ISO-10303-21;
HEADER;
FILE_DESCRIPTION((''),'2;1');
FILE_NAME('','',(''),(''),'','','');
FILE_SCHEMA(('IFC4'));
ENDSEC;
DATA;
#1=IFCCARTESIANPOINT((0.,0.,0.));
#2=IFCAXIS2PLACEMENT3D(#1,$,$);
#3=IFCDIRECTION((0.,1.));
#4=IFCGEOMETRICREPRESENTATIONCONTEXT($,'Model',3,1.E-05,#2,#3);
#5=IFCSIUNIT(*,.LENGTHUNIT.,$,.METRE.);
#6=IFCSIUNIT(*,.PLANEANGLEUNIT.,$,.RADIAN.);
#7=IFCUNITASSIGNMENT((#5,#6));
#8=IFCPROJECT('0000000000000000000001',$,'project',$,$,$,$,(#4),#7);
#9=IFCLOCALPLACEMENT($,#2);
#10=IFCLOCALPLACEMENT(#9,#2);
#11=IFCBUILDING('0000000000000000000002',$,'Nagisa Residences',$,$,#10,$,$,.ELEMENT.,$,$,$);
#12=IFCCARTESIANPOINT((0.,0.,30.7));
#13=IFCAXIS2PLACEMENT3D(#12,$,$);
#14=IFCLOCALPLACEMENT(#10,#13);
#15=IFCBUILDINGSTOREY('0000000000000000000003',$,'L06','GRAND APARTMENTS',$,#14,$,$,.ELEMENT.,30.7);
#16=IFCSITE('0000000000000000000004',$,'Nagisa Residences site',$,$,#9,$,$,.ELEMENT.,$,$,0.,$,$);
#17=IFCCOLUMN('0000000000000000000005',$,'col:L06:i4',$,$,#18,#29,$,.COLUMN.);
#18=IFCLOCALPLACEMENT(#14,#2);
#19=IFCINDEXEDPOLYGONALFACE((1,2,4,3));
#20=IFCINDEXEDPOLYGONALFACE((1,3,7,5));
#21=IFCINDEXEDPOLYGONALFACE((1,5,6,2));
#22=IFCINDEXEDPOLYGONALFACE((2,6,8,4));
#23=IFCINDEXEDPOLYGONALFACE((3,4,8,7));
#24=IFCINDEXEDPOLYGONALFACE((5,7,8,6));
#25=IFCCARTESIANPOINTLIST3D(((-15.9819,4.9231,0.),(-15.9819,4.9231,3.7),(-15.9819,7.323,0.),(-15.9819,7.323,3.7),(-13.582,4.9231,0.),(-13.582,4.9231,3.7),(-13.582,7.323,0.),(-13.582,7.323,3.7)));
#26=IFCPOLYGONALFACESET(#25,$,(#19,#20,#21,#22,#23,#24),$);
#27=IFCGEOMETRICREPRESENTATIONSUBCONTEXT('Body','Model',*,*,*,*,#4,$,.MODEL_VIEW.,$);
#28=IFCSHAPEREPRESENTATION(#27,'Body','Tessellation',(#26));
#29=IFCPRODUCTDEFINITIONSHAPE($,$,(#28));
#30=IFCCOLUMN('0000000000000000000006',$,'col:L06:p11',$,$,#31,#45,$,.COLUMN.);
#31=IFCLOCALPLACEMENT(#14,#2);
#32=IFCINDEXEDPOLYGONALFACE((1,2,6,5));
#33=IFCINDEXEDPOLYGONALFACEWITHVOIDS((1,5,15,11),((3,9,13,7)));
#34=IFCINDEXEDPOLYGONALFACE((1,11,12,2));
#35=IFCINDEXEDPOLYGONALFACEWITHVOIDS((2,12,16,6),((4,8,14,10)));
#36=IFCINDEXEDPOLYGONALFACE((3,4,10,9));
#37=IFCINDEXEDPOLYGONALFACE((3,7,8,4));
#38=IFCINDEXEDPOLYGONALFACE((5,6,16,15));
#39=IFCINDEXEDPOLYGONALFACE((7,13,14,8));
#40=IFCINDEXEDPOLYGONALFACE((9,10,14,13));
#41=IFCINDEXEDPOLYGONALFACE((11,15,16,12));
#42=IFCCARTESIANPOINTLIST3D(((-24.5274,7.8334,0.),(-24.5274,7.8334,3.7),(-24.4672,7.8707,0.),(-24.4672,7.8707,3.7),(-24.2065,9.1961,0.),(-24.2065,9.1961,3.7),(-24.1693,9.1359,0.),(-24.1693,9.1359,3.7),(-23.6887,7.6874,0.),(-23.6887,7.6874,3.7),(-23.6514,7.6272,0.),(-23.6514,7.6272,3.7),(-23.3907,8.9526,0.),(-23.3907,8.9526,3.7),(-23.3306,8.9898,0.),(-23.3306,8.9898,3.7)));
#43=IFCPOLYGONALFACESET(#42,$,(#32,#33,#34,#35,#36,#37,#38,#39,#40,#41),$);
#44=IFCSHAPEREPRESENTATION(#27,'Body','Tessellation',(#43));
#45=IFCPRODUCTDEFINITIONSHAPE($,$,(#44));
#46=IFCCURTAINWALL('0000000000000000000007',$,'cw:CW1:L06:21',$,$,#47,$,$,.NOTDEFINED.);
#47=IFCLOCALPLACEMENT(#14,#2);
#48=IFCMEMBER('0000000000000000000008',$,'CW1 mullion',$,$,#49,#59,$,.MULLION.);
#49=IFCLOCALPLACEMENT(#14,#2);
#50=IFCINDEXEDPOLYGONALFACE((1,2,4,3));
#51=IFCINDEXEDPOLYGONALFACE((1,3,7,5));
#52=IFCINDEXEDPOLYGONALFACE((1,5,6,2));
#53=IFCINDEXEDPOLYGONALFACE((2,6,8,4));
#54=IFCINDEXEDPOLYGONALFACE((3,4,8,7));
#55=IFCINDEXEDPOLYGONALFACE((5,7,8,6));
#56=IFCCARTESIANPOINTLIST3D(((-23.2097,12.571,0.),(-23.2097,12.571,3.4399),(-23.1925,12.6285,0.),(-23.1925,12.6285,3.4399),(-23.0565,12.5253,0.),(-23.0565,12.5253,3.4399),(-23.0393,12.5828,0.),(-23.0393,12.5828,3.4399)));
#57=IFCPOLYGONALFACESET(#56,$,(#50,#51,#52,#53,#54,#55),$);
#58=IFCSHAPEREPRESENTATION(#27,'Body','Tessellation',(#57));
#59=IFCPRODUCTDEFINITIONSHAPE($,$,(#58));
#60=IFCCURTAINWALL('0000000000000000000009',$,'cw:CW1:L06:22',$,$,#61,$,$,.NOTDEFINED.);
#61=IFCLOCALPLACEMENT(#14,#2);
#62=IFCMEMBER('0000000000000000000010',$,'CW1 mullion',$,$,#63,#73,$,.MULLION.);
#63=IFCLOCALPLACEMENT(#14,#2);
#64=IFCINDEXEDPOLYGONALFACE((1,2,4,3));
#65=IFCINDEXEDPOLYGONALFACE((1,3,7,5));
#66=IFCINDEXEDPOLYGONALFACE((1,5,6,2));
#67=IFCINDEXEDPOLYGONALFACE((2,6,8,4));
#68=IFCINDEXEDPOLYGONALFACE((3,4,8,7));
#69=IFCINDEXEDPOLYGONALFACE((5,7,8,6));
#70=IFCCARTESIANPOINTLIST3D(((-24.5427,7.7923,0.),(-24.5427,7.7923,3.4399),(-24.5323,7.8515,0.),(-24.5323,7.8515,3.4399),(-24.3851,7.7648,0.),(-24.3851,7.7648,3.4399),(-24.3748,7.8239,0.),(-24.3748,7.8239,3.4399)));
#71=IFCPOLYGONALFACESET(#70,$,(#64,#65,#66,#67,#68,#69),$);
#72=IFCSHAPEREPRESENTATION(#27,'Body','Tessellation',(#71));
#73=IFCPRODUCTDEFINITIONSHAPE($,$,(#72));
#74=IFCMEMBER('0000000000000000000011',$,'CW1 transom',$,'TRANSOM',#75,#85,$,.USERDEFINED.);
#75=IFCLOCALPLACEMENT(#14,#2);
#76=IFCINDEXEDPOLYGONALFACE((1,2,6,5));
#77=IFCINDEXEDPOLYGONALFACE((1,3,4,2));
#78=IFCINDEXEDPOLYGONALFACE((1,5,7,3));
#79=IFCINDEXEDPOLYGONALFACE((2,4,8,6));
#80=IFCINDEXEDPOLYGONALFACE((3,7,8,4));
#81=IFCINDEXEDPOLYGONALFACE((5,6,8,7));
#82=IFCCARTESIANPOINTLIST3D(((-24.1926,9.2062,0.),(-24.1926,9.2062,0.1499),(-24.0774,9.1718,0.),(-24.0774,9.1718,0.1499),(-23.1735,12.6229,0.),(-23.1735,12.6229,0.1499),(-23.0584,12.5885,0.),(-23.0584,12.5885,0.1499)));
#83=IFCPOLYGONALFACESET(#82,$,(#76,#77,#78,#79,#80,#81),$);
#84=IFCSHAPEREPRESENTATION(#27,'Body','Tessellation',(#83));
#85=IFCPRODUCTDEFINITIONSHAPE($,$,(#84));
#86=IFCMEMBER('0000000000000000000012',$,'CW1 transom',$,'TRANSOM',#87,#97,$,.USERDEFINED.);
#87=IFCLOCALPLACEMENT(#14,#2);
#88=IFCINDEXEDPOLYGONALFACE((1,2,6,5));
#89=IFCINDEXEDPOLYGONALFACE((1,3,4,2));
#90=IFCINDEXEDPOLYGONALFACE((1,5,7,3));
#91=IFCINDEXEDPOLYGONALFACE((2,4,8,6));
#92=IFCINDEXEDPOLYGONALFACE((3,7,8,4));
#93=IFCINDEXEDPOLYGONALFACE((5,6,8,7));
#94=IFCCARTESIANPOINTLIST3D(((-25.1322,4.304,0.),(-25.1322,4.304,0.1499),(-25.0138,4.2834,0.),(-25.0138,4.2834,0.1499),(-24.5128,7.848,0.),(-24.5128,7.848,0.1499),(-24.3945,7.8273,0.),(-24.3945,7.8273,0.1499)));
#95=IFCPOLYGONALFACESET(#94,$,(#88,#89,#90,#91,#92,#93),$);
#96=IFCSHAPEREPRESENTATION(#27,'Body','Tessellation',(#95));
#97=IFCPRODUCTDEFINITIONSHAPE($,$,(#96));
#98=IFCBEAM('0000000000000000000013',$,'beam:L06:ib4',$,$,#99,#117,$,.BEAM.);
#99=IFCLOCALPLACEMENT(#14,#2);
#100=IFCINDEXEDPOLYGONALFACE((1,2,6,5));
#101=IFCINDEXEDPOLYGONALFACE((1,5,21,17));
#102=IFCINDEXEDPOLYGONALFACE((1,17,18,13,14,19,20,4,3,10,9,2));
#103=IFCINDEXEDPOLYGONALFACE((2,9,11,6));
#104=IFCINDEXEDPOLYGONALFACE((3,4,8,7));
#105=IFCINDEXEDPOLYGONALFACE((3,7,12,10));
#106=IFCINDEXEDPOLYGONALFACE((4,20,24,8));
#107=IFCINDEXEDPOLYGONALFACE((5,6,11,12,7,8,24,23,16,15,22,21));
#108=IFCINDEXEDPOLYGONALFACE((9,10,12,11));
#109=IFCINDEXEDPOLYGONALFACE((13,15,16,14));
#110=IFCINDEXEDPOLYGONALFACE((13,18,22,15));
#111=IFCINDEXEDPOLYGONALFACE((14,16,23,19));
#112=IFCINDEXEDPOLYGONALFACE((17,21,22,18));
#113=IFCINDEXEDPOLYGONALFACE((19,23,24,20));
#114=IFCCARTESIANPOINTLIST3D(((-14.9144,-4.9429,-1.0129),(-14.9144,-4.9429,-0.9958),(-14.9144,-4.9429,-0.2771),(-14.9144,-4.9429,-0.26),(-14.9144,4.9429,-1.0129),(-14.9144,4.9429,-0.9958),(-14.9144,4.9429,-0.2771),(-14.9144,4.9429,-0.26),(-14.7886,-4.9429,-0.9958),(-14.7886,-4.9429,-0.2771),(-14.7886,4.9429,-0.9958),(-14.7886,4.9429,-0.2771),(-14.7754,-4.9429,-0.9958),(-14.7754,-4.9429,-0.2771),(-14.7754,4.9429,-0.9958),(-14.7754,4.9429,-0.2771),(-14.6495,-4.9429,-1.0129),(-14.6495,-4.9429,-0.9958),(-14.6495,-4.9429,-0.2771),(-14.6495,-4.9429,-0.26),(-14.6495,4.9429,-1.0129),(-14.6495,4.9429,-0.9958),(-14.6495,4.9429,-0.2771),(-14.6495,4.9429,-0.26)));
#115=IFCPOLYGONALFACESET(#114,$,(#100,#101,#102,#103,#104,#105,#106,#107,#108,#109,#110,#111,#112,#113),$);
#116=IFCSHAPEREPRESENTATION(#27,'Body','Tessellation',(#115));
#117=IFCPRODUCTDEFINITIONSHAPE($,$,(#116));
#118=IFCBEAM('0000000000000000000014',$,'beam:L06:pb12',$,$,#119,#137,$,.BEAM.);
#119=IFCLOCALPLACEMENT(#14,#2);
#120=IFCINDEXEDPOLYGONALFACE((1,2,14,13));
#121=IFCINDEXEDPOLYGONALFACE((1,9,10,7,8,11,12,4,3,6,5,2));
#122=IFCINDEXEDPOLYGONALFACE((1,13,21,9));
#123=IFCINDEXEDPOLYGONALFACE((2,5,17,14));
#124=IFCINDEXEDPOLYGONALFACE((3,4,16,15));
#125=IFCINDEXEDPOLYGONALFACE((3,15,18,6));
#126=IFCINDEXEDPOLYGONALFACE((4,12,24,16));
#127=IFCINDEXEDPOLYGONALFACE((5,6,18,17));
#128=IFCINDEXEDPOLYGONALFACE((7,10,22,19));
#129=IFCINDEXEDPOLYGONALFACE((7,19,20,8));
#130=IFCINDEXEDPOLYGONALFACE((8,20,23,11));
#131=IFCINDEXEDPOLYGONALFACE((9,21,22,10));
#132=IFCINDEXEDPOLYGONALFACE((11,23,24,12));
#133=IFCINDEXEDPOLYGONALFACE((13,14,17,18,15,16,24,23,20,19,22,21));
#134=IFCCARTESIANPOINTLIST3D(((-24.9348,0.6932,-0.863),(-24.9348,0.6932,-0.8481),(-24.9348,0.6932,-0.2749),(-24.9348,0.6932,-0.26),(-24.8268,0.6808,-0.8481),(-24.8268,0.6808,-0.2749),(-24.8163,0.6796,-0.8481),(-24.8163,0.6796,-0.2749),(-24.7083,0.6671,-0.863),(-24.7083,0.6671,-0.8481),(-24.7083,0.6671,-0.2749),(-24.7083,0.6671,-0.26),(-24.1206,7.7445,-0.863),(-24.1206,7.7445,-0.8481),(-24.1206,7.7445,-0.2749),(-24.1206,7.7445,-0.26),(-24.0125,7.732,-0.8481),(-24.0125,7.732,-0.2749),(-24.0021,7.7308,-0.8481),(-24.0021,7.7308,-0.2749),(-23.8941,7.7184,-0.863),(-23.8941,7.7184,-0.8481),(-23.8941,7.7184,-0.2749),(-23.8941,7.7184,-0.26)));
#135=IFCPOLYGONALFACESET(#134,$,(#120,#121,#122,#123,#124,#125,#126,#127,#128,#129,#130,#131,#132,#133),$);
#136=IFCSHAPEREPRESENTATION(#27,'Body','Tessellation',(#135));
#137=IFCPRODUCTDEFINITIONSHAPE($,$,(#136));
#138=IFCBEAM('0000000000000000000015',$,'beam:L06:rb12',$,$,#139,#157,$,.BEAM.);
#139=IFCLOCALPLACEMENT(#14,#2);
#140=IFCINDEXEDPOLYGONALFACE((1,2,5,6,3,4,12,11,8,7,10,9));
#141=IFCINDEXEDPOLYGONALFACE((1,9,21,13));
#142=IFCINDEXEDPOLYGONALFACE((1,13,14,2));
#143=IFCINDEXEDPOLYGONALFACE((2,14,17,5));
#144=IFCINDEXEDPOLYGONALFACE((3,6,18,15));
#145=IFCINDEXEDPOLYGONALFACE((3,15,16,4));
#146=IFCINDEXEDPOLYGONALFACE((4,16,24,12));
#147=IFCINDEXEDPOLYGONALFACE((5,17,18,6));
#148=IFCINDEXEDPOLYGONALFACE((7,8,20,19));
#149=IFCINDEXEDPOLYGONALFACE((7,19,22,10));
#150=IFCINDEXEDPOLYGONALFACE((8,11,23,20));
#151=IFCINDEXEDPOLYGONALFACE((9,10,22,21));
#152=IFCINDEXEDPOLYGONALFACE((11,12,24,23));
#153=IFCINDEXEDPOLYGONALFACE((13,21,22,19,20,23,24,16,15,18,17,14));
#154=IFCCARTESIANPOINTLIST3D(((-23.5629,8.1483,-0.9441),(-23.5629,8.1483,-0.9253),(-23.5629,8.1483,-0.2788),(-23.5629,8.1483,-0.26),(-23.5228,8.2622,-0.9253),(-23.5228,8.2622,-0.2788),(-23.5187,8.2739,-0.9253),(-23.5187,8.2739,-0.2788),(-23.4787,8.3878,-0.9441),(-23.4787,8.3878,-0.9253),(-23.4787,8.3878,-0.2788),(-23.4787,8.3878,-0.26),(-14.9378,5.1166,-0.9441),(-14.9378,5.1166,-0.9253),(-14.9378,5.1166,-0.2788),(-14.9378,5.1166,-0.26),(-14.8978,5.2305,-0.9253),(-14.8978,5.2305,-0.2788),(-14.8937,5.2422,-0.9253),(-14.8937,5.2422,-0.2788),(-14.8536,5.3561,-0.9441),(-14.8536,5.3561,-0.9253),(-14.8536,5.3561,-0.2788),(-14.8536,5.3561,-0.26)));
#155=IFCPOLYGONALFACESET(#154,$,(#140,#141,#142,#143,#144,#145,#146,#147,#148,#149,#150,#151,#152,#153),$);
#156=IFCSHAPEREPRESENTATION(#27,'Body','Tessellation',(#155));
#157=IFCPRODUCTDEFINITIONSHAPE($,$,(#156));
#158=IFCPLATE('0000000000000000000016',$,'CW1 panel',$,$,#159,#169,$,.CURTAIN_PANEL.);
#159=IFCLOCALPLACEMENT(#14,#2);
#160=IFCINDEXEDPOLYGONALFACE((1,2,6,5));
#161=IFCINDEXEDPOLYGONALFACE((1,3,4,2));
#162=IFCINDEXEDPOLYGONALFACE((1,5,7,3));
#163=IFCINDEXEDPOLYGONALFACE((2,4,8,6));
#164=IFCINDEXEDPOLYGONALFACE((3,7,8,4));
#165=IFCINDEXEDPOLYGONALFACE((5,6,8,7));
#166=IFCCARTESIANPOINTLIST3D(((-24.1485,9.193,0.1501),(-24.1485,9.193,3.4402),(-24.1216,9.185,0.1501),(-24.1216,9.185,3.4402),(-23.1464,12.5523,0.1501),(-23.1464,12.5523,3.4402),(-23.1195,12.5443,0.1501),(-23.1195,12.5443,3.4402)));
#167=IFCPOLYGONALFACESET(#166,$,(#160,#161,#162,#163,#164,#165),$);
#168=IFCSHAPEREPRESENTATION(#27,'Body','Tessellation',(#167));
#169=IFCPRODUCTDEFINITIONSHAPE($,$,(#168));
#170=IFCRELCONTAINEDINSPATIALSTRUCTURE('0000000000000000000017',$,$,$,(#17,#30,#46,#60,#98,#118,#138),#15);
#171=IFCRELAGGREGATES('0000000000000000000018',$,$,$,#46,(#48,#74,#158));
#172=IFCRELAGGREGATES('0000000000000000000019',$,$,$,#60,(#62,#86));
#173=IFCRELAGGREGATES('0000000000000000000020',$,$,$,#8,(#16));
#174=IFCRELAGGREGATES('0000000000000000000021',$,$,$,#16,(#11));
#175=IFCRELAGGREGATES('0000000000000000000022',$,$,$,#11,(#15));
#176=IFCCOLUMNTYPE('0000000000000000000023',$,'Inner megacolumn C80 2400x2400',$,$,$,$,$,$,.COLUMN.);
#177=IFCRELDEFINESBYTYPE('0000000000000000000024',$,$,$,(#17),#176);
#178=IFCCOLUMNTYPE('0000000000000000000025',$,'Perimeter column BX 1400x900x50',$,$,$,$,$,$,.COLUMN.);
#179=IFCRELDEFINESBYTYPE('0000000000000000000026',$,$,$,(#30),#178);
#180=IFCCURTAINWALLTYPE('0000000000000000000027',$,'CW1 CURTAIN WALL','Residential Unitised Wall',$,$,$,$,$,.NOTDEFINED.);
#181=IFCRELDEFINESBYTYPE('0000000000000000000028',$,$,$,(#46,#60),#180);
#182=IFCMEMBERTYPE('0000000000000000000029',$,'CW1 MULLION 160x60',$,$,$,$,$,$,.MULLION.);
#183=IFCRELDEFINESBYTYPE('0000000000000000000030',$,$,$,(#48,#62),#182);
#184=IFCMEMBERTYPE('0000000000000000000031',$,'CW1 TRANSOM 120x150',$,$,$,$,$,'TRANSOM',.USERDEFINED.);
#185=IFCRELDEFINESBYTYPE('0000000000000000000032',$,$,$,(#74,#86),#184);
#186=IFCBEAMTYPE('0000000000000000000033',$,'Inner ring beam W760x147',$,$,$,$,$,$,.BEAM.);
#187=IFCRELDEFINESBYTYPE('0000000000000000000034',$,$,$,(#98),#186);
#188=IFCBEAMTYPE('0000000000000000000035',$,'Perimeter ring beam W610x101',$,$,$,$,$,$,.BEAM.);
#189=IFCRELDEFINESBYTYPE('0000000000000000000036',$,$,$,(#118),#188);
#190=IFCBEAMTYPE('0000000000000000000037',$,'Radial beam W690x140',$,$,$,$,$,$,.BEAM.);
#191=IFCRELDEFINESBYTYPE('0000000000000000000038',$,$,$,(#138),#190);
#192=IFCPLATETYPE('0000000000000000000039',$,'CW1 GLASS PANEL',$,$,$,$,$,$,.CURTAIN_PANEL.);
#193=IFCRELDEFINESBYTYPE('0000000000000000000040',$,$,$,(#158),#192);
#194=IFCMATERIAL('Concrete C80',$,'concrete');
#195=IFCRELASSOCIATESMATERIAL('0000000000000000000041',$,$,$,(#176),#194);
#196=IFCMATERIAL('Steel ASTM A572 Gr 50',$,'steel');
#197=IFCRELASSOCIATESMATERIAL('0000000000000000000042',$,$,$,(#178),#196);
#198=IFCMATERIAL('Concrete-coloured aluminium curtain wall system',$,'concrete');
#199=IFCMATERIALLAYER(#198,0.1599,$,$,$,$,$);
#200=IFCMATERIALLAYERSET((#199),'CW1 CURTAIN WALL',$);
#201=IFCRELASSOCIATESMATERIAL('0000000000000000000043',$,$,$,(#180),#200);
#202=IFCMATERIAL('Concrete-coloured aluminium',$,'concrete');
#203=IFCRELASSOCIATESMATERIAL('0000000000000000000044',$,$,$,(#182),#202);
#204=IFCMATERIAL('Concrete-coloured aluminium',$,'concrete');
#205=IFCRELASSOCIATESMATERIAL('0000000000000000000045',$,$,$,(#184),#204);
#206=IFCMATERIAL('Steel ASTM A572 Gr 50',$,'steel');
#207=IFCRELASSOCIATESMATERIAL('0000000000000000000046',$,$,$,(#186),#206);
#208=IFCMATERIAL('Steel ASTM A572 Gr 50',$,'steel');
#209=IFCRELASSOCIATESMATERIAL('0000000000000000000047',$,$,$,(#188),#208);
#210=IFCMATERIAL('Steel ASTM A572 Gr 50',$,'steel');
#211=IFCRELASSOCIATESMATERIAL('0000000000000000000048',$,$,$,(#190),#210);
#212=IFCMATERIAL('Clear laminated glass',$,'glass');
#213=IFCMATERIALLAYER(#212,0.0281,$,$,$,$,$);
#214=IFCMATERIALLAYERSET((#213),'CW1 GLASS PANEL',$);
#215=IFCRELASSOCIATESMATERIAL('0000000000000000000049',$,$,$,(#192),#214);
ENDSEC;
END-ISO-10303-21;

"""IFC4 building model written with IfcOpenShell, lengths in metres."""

from ifc_helpers import new_model, si_unit, direction, frame, origin, origin_2d, place, context, subcontext, project, spatial, rectangle, hollow_rectangle, i_section, extrude, material, layer, layer_set, material_profile, profile_set, type_object, element, aggregate, save


model = new_model("IFC4")

# Units and contexts
model_context = context("Model", 3, precision=1e-05, world=origin(), true_north=direction((0.0, 1.0)))
body_context = subcontext(model_context, "Body", "Model", "MODEL_VIEW")
ifc_project = project(units=[si_unit("LENGTHUNIT", "METRE"), si_unit("PLANEANGLEUNIT", "RADIAN")], contexts=[model_context])

# Site, building, storey
site_placement = place(None, origin())
site = spatial("IfcSite", under=ifc_project, at=site_placement, Name="Nagisa Residences site", CompositionType="ELEMENT", RefElevation=0.0)
building_placement = place(site_placement, origin())
building = spatial("IfcBuilding", under=site, at=building_placement, Name="Nagisa Residences", CompositionType="ELEMENT")
storey_placement = place(building_placement, frame((0.0, 0.0, 30.7)))
storey = spatial("IfcBuildingStorey", under=building, at=storey_placement, Name="L06", Description="GRAND APARTMENTS", CompositionType="ELEMENT", Elevation=30.7)

# Columns
ifc_material_1 = material(Name="Concrete C80", Category="concrete")
ifc_material_profile_1 = material_profile(ifc_material_1, rectangle(XDim=2.3999, YDim=2.3999, at=origin_2d()), Name="C80 2400x2400")
ifc_profile_set_1 = profile_set([ifc_material_profile_1], Name="Concrete C80")
column_type_1 = type_object("IfcColumnType", Name="Inner megacolumn C80 2400x2400", PredefinedType="COLUMN", material=ifc_profile_set_1)
column_1_placement = place(storey_placement, frame((-14.782, 6.123, 0.0), z_axis=(0.0, 0.0, 1.0), x_axis=(1.0, 0.0, 0.0)))
element("IfcColumn", 1, at=column_1_placement, inside=storey, type_object=column_type_1, Name="col:L06:i4", PredefinedType="COLUMN", context=body_context, shape_type="SweptSolid", body=[
    extrude(rectangle(XDim=2.3999, YDim=2.3999, at=origin_2d()), origin(), (0.0, 0.0, 1.0), 3.7),
])
ifc_material_2 = material(Name="Steel ASTM A572 Gr 50", Category="steel")
ifc_material_profile_2 = material_profile(ifc_material_2, hollow_rectangle(XDim=1.3999, YDim=0.8999, WallThickness=0.05, at=origin_2d()), Name="BX 1400x900x50")
ifc_profile_set_2 = profile_set([ifc_material_profile_2], Name="Steel ASTM A572 Gr 50")
column_type_2 = type_object("IfcColumnType", Name="Perimeter column BX 1400x900x50", PredefinedType="COLUMN", material=ifc_profile_set_2)
column_2_placement = place(storey_placement, frame((-23.929, 8.4116, 0.0), z_axis=(0.0, 0.0, 1.0), x_axis=(-0.229202, -0.973379, 0.0)))
element("IfcColumn", 2, at=column_2_placement, inside=storey, type_object=column_type_2, Name="col:L06:p11", PredefinedType="COLUMN", context=body_context, shape_type="SweptSolid", body=[
    extrude(hollow_rectangle(XDim=1.3999, YDim=0.8999, WallThickness=0.05, at=origin_2d()), origin(), (0.0, 0.0, 1.0), 3.7),
])

# Curtain walls, members
ifc_material_3 = material(Name="Concrete-coloured aluminium curtain wall system", Category="concrete")
ifc_layer_1 = layer(ifc_material_3, 0.1599)
ifc_layer_set_1 = layer_set([ifc_layer_1], Name="CW1 CURTAIN WALL")
curtain_wall_type = type_object("IfcCurtainWallType", Name="CW1 CURTAIN WALL", Description="Residential Unitised Wall", PredefinedType="NOTDEFINED", material=ifc_layer_set_1)
curtain_wall_1_placement = place(storey_placement, origin())
curtain_wall_1 = element("IfcCurtainWall", 3, at=curtain_wall_1_placement, inside=storey, type_object=curtain_wall_type, Name="cw:CW1:L06:21", PredefinedType="NOTDEFINED")
ifc_material_4 = material(Name="Concrete-coloured aluminium", Category="concrete")
ifc_material_profile_3 = material_profile(ifc_material_4, rectangle(XDim=0.1599, YDim=0.0601, at=origin_2d()), Name="CW1 MULLION 160x60")
ifc_profile_set_3 = profile_set([ifc_material_profile_3], Name="Concrete-coloured aluminium")
member_type_1 = type_object("IfcMemberType", Name="CW1 MULLION 160x60", PredefinedType="MULLION", material=ifc_profile_set_3)
member_1_placement = place(storey_placement, frame((-23.1245, 12.5769, 0.0), z_axis=(0.0, 0.0, 1.0), x_axis=(0.958271, -0.28586, 0.0)))
member_1 = element("IfcMember", 4, at=member_1_placement, type_object=member_type_1, Name="CW1 mullion", PredefinedType="MULLION", context=body_context, shape_type="SweptSolid", body=[
    extrude(rectangle(XDim=0.1599, YDim=0.0601, at=origin_2d()), origin(), (0.0, 0.0, 1.0), 3.4399),
])
curtain_wall_2_placement = place(storey_placement, origin())
curtain_wall_2 = element("IfcCurtainWall", 5, at=curtain_wall_2_placement, inside=storey, type_object=curtain_wall_type, Name="cw:CW1:L06:22", PredefinedType="NOTDEFINED")
member_2_placement = place(storey_placement, frame((-24.4587, 7.8081, 0.0), z_axis=(0.0, 0.0, 1.0), x_axis=(0.985064, -0.172191, 0.0)))
member_2 = element("IfcMember", 6, at=member_2_placement, type_object=member_type_1, Name="CW1 mullion", PredefinedType="MULLION", context=body_context, shape_type="SweptSolid", body=[
    extrude(rectangle(XDim=0.1599, YDim=0.0601, at=origin_2d()), origin(), (0.0, 0.0, 1.0), 3.4399),
])

# Members
ifc_material_5 = material(Name="Concrete-coloured aluminium", Category="concrete")
ifc_material_profile_4 = material_profile(ifc_material_5, rectangle(XDim=0.1201, YDim=0.1499, at=origin_2d()), Name="CW1 TRANSOM 120x150")
ifc_profile_set_4 = profile_set([ifc_material_profile_4], Name="Concrete-coloured aluminium")
member_type_2 = type_object("IfcMemberType", Name="CW1 TRANSOM 120x150", ElementType="TRANSOM", PredefinedType="USERDEFINED", material=ifc_profile_set_4)
member_3_placement = place(storey_placement, frame((-23.116, 12.6057, 0.075), z_axis=(-0.285808, -0.958287, 0.0), x_axis=(0.958287, -0.285808, 0.0)))
member_3 = element("IfcMember", 7, at=member_3_placement, type_object=member_type_2, Name="CW1 transom", ObjectType="TRANSOM", PredefinedType="USERDEFINED", context=body_context, shape_type="SweptSolid", body=[
    extrude(rectangle(XDim=0.1201, YDim=0.1499, at=origin_2d()), origin(), (0.0, 0.0, 1.0), 3.5654),
])
member_4_placement = place(storey_placement, frame((-24.4536, 7.8376, 0.075), z_axis=(-0.172163, -0.985068, 0.0), x_axis=(0.985068, -0.172163, 0.0)))
member_4 = element("IfcMember", 8, at=member_4_placement, type_object=member_type_2, Name="CW1 transom", ObjectType="TRANSOM", PredefinedType="USERDEFINED", context=body_context, shape_type="SweptSolid", body=[
    extrude(rectangle(XDim=0.1201, YDim=0.1499, at=origin_2d()), origin(), (0.0, 0.0, 1.0), 3.5977),
])

# Beams
ifc_material_6 = material(Name="Steel ASTM A572 Gr 50", Category="steel")
ifc_material_profile_5 = material_profile(ifc_material_6, i_section(OverallWidth=0.2649, OverallDepth=0.7529, WebThickness=0.0132, FlangeThickness=0.0171, at=origin_2d()), Name="W760x147")
ifc_profile_set_5 = profile_set([ifc_material_profile_5], Name="Steel ASTM A572 Gr 50")
beam_type_1 = type_object("IfcBeamType", Name="Inner ring beam W760x147", PredefinedType="BEAM", material=ifc_profile_set_5)
beam_1_placement = place(storey_placement, frame((-14.782, 4.9429, -0.6365), z_axis=(0.0, -1.0, 0.0), x_axis=(1.0, 0.0, 0.0)))
element("IfcBeam", 9, at=beam_1_placement, inside=storey, type_object=beam_type_1, Name="beam:L06:ib4", PredefinedType="BEAM", context=body_context, shape_type="SweptSolid", body=[
    extrude(i_section(OverallWidth=0.2649, OverallDepth=0.7529, WebThickness=0.0132, FlangeThickness=0.0171, at=origin_2d()), origin(), (0.0, 0.0, 1.0), 9.8857),
])
ifc_material_7 = material(Name="Steel ASTM A572 Gr 50", Category="steel")
ifc_material_profile_6 = material_profile(ifc_material_7, i_section(OverallWidth=0.228, OverallDepth=0.603, WebThickness=0.0105, FlangeThickness=0.0149, at=origin_2d()), Name="W610x101")
ifc_profile_set_6 = profile_set([ifc_material_profile_6], Name="Steel ASTM A572 Gr 50")
beam_type_2 = type_object("IfcBeamType", Name="Perimeter ring beam W610x101", PredefinedType="BEAM", material=ifc_profile_set_6)
beam_2_placement = place(storey_placement, frame((-24.0073, 7.7314, -0.5615), z_axis=(-0.114708, -0.993399, 0.0), x_axis=(0.993399, -0.114708, 0.0)))
element("IfcBeam", 10, at=beam_2_placement, inside=storey, type_object=beam_type_2, Name="beam:L06:pb12", PredefinedType="BEAM", context=body_context, shape_type="SweptSolid", body=[
    extrude(i_section(OverallWidth=0.228, OverallDepth=0.603, WebThickness=0.0105, FlangeThickness=0.0149, at=origin_2d()), origin(), (0.0, 0.0, 1.0), 7.0981),
])
ifc_material_8 = material(Name="Steel ASTM A572 Gr 50", Category="steel")
ifc_material_profile_7 = material_profile(ifc_material_8, i_section(OverallWidth=0.2539, OverallDepth=0.6841, WebThickness=0.0125, FlangeThickness=0.0188, at=origin_2d()), Name="W690x140")
ifc_profile_set_7 = profile_set([ifc_material_profile_7], Name="Steel ASTM A572 Gr 50")
beam_type_3 = type_object("IfcBeamType", Name="Radial beam W690x140", PredefinedType="BEAM", material=ifc_profile_set_7)
beam_3_placement = place(storey_placement, frame((-23.5208, 8.2681, -0.6021), z_axis=(0.943415, -0.331616, 0.0), x_axis=(0.331616, 0.943415, 0.0)))
element("IfcBeam", 11, at=beam_3_placement, inside=storey, type_object=beam_type_3, Name="beam:L06:rb12", PredefinedType="BEAM", context=body_context, shape_type="SweptSolid", body=[
    extrude(i_section(OverallWidth=0.2539, OverallDepth=0.6841, WebThickness=0.0125, FlangeThickness=0.0188, at=origin_2d()), origin(), (0.0, 0.0, 1.0), 9.1423),
])

# Plate
ifc_material_9 = material(Name="Clear laminated glass", Category="glass")
ifc_layer_2 = layer(ifc_material_9, 0.0281)
ifc_layer_set_2 = layer_set([ifc_layer_2], Name="CW1 GLASS PANEL")
plate_type = type_object("IfcPlateType", Name="CW1 GLASS PANEL", PredefinedType="CURTAIN_PANEL", material=ifc_layer_set_2)
plate_1_placement = place(storey_placement, frame((-23.634, 10.8687, 0.1501), z_axis=(0.0, 0.0, 1.0), x_axis=(-0.28586, -0.958271, 0.0)))
plate_1 = element("IfcPlate", 12, at=plate_1_placement, type_object=plate_type, Name="CW1 panel", PredefinedType="CURTAIN_PANEL", context=body_context, shape_type="SweptSolid", body=[
    extrude(rectangle(XDim=3.5056, YDim=0.0281, at=origin_2d()), origin(), (0.0, 0.0, 1.0), 3.29),
])
aggregate(curtain_wall_1, [member_1, member_3, plate_1])
aggregate(curtain_wall_2, [member_2, member_4])

save(model, "model.ifc")
